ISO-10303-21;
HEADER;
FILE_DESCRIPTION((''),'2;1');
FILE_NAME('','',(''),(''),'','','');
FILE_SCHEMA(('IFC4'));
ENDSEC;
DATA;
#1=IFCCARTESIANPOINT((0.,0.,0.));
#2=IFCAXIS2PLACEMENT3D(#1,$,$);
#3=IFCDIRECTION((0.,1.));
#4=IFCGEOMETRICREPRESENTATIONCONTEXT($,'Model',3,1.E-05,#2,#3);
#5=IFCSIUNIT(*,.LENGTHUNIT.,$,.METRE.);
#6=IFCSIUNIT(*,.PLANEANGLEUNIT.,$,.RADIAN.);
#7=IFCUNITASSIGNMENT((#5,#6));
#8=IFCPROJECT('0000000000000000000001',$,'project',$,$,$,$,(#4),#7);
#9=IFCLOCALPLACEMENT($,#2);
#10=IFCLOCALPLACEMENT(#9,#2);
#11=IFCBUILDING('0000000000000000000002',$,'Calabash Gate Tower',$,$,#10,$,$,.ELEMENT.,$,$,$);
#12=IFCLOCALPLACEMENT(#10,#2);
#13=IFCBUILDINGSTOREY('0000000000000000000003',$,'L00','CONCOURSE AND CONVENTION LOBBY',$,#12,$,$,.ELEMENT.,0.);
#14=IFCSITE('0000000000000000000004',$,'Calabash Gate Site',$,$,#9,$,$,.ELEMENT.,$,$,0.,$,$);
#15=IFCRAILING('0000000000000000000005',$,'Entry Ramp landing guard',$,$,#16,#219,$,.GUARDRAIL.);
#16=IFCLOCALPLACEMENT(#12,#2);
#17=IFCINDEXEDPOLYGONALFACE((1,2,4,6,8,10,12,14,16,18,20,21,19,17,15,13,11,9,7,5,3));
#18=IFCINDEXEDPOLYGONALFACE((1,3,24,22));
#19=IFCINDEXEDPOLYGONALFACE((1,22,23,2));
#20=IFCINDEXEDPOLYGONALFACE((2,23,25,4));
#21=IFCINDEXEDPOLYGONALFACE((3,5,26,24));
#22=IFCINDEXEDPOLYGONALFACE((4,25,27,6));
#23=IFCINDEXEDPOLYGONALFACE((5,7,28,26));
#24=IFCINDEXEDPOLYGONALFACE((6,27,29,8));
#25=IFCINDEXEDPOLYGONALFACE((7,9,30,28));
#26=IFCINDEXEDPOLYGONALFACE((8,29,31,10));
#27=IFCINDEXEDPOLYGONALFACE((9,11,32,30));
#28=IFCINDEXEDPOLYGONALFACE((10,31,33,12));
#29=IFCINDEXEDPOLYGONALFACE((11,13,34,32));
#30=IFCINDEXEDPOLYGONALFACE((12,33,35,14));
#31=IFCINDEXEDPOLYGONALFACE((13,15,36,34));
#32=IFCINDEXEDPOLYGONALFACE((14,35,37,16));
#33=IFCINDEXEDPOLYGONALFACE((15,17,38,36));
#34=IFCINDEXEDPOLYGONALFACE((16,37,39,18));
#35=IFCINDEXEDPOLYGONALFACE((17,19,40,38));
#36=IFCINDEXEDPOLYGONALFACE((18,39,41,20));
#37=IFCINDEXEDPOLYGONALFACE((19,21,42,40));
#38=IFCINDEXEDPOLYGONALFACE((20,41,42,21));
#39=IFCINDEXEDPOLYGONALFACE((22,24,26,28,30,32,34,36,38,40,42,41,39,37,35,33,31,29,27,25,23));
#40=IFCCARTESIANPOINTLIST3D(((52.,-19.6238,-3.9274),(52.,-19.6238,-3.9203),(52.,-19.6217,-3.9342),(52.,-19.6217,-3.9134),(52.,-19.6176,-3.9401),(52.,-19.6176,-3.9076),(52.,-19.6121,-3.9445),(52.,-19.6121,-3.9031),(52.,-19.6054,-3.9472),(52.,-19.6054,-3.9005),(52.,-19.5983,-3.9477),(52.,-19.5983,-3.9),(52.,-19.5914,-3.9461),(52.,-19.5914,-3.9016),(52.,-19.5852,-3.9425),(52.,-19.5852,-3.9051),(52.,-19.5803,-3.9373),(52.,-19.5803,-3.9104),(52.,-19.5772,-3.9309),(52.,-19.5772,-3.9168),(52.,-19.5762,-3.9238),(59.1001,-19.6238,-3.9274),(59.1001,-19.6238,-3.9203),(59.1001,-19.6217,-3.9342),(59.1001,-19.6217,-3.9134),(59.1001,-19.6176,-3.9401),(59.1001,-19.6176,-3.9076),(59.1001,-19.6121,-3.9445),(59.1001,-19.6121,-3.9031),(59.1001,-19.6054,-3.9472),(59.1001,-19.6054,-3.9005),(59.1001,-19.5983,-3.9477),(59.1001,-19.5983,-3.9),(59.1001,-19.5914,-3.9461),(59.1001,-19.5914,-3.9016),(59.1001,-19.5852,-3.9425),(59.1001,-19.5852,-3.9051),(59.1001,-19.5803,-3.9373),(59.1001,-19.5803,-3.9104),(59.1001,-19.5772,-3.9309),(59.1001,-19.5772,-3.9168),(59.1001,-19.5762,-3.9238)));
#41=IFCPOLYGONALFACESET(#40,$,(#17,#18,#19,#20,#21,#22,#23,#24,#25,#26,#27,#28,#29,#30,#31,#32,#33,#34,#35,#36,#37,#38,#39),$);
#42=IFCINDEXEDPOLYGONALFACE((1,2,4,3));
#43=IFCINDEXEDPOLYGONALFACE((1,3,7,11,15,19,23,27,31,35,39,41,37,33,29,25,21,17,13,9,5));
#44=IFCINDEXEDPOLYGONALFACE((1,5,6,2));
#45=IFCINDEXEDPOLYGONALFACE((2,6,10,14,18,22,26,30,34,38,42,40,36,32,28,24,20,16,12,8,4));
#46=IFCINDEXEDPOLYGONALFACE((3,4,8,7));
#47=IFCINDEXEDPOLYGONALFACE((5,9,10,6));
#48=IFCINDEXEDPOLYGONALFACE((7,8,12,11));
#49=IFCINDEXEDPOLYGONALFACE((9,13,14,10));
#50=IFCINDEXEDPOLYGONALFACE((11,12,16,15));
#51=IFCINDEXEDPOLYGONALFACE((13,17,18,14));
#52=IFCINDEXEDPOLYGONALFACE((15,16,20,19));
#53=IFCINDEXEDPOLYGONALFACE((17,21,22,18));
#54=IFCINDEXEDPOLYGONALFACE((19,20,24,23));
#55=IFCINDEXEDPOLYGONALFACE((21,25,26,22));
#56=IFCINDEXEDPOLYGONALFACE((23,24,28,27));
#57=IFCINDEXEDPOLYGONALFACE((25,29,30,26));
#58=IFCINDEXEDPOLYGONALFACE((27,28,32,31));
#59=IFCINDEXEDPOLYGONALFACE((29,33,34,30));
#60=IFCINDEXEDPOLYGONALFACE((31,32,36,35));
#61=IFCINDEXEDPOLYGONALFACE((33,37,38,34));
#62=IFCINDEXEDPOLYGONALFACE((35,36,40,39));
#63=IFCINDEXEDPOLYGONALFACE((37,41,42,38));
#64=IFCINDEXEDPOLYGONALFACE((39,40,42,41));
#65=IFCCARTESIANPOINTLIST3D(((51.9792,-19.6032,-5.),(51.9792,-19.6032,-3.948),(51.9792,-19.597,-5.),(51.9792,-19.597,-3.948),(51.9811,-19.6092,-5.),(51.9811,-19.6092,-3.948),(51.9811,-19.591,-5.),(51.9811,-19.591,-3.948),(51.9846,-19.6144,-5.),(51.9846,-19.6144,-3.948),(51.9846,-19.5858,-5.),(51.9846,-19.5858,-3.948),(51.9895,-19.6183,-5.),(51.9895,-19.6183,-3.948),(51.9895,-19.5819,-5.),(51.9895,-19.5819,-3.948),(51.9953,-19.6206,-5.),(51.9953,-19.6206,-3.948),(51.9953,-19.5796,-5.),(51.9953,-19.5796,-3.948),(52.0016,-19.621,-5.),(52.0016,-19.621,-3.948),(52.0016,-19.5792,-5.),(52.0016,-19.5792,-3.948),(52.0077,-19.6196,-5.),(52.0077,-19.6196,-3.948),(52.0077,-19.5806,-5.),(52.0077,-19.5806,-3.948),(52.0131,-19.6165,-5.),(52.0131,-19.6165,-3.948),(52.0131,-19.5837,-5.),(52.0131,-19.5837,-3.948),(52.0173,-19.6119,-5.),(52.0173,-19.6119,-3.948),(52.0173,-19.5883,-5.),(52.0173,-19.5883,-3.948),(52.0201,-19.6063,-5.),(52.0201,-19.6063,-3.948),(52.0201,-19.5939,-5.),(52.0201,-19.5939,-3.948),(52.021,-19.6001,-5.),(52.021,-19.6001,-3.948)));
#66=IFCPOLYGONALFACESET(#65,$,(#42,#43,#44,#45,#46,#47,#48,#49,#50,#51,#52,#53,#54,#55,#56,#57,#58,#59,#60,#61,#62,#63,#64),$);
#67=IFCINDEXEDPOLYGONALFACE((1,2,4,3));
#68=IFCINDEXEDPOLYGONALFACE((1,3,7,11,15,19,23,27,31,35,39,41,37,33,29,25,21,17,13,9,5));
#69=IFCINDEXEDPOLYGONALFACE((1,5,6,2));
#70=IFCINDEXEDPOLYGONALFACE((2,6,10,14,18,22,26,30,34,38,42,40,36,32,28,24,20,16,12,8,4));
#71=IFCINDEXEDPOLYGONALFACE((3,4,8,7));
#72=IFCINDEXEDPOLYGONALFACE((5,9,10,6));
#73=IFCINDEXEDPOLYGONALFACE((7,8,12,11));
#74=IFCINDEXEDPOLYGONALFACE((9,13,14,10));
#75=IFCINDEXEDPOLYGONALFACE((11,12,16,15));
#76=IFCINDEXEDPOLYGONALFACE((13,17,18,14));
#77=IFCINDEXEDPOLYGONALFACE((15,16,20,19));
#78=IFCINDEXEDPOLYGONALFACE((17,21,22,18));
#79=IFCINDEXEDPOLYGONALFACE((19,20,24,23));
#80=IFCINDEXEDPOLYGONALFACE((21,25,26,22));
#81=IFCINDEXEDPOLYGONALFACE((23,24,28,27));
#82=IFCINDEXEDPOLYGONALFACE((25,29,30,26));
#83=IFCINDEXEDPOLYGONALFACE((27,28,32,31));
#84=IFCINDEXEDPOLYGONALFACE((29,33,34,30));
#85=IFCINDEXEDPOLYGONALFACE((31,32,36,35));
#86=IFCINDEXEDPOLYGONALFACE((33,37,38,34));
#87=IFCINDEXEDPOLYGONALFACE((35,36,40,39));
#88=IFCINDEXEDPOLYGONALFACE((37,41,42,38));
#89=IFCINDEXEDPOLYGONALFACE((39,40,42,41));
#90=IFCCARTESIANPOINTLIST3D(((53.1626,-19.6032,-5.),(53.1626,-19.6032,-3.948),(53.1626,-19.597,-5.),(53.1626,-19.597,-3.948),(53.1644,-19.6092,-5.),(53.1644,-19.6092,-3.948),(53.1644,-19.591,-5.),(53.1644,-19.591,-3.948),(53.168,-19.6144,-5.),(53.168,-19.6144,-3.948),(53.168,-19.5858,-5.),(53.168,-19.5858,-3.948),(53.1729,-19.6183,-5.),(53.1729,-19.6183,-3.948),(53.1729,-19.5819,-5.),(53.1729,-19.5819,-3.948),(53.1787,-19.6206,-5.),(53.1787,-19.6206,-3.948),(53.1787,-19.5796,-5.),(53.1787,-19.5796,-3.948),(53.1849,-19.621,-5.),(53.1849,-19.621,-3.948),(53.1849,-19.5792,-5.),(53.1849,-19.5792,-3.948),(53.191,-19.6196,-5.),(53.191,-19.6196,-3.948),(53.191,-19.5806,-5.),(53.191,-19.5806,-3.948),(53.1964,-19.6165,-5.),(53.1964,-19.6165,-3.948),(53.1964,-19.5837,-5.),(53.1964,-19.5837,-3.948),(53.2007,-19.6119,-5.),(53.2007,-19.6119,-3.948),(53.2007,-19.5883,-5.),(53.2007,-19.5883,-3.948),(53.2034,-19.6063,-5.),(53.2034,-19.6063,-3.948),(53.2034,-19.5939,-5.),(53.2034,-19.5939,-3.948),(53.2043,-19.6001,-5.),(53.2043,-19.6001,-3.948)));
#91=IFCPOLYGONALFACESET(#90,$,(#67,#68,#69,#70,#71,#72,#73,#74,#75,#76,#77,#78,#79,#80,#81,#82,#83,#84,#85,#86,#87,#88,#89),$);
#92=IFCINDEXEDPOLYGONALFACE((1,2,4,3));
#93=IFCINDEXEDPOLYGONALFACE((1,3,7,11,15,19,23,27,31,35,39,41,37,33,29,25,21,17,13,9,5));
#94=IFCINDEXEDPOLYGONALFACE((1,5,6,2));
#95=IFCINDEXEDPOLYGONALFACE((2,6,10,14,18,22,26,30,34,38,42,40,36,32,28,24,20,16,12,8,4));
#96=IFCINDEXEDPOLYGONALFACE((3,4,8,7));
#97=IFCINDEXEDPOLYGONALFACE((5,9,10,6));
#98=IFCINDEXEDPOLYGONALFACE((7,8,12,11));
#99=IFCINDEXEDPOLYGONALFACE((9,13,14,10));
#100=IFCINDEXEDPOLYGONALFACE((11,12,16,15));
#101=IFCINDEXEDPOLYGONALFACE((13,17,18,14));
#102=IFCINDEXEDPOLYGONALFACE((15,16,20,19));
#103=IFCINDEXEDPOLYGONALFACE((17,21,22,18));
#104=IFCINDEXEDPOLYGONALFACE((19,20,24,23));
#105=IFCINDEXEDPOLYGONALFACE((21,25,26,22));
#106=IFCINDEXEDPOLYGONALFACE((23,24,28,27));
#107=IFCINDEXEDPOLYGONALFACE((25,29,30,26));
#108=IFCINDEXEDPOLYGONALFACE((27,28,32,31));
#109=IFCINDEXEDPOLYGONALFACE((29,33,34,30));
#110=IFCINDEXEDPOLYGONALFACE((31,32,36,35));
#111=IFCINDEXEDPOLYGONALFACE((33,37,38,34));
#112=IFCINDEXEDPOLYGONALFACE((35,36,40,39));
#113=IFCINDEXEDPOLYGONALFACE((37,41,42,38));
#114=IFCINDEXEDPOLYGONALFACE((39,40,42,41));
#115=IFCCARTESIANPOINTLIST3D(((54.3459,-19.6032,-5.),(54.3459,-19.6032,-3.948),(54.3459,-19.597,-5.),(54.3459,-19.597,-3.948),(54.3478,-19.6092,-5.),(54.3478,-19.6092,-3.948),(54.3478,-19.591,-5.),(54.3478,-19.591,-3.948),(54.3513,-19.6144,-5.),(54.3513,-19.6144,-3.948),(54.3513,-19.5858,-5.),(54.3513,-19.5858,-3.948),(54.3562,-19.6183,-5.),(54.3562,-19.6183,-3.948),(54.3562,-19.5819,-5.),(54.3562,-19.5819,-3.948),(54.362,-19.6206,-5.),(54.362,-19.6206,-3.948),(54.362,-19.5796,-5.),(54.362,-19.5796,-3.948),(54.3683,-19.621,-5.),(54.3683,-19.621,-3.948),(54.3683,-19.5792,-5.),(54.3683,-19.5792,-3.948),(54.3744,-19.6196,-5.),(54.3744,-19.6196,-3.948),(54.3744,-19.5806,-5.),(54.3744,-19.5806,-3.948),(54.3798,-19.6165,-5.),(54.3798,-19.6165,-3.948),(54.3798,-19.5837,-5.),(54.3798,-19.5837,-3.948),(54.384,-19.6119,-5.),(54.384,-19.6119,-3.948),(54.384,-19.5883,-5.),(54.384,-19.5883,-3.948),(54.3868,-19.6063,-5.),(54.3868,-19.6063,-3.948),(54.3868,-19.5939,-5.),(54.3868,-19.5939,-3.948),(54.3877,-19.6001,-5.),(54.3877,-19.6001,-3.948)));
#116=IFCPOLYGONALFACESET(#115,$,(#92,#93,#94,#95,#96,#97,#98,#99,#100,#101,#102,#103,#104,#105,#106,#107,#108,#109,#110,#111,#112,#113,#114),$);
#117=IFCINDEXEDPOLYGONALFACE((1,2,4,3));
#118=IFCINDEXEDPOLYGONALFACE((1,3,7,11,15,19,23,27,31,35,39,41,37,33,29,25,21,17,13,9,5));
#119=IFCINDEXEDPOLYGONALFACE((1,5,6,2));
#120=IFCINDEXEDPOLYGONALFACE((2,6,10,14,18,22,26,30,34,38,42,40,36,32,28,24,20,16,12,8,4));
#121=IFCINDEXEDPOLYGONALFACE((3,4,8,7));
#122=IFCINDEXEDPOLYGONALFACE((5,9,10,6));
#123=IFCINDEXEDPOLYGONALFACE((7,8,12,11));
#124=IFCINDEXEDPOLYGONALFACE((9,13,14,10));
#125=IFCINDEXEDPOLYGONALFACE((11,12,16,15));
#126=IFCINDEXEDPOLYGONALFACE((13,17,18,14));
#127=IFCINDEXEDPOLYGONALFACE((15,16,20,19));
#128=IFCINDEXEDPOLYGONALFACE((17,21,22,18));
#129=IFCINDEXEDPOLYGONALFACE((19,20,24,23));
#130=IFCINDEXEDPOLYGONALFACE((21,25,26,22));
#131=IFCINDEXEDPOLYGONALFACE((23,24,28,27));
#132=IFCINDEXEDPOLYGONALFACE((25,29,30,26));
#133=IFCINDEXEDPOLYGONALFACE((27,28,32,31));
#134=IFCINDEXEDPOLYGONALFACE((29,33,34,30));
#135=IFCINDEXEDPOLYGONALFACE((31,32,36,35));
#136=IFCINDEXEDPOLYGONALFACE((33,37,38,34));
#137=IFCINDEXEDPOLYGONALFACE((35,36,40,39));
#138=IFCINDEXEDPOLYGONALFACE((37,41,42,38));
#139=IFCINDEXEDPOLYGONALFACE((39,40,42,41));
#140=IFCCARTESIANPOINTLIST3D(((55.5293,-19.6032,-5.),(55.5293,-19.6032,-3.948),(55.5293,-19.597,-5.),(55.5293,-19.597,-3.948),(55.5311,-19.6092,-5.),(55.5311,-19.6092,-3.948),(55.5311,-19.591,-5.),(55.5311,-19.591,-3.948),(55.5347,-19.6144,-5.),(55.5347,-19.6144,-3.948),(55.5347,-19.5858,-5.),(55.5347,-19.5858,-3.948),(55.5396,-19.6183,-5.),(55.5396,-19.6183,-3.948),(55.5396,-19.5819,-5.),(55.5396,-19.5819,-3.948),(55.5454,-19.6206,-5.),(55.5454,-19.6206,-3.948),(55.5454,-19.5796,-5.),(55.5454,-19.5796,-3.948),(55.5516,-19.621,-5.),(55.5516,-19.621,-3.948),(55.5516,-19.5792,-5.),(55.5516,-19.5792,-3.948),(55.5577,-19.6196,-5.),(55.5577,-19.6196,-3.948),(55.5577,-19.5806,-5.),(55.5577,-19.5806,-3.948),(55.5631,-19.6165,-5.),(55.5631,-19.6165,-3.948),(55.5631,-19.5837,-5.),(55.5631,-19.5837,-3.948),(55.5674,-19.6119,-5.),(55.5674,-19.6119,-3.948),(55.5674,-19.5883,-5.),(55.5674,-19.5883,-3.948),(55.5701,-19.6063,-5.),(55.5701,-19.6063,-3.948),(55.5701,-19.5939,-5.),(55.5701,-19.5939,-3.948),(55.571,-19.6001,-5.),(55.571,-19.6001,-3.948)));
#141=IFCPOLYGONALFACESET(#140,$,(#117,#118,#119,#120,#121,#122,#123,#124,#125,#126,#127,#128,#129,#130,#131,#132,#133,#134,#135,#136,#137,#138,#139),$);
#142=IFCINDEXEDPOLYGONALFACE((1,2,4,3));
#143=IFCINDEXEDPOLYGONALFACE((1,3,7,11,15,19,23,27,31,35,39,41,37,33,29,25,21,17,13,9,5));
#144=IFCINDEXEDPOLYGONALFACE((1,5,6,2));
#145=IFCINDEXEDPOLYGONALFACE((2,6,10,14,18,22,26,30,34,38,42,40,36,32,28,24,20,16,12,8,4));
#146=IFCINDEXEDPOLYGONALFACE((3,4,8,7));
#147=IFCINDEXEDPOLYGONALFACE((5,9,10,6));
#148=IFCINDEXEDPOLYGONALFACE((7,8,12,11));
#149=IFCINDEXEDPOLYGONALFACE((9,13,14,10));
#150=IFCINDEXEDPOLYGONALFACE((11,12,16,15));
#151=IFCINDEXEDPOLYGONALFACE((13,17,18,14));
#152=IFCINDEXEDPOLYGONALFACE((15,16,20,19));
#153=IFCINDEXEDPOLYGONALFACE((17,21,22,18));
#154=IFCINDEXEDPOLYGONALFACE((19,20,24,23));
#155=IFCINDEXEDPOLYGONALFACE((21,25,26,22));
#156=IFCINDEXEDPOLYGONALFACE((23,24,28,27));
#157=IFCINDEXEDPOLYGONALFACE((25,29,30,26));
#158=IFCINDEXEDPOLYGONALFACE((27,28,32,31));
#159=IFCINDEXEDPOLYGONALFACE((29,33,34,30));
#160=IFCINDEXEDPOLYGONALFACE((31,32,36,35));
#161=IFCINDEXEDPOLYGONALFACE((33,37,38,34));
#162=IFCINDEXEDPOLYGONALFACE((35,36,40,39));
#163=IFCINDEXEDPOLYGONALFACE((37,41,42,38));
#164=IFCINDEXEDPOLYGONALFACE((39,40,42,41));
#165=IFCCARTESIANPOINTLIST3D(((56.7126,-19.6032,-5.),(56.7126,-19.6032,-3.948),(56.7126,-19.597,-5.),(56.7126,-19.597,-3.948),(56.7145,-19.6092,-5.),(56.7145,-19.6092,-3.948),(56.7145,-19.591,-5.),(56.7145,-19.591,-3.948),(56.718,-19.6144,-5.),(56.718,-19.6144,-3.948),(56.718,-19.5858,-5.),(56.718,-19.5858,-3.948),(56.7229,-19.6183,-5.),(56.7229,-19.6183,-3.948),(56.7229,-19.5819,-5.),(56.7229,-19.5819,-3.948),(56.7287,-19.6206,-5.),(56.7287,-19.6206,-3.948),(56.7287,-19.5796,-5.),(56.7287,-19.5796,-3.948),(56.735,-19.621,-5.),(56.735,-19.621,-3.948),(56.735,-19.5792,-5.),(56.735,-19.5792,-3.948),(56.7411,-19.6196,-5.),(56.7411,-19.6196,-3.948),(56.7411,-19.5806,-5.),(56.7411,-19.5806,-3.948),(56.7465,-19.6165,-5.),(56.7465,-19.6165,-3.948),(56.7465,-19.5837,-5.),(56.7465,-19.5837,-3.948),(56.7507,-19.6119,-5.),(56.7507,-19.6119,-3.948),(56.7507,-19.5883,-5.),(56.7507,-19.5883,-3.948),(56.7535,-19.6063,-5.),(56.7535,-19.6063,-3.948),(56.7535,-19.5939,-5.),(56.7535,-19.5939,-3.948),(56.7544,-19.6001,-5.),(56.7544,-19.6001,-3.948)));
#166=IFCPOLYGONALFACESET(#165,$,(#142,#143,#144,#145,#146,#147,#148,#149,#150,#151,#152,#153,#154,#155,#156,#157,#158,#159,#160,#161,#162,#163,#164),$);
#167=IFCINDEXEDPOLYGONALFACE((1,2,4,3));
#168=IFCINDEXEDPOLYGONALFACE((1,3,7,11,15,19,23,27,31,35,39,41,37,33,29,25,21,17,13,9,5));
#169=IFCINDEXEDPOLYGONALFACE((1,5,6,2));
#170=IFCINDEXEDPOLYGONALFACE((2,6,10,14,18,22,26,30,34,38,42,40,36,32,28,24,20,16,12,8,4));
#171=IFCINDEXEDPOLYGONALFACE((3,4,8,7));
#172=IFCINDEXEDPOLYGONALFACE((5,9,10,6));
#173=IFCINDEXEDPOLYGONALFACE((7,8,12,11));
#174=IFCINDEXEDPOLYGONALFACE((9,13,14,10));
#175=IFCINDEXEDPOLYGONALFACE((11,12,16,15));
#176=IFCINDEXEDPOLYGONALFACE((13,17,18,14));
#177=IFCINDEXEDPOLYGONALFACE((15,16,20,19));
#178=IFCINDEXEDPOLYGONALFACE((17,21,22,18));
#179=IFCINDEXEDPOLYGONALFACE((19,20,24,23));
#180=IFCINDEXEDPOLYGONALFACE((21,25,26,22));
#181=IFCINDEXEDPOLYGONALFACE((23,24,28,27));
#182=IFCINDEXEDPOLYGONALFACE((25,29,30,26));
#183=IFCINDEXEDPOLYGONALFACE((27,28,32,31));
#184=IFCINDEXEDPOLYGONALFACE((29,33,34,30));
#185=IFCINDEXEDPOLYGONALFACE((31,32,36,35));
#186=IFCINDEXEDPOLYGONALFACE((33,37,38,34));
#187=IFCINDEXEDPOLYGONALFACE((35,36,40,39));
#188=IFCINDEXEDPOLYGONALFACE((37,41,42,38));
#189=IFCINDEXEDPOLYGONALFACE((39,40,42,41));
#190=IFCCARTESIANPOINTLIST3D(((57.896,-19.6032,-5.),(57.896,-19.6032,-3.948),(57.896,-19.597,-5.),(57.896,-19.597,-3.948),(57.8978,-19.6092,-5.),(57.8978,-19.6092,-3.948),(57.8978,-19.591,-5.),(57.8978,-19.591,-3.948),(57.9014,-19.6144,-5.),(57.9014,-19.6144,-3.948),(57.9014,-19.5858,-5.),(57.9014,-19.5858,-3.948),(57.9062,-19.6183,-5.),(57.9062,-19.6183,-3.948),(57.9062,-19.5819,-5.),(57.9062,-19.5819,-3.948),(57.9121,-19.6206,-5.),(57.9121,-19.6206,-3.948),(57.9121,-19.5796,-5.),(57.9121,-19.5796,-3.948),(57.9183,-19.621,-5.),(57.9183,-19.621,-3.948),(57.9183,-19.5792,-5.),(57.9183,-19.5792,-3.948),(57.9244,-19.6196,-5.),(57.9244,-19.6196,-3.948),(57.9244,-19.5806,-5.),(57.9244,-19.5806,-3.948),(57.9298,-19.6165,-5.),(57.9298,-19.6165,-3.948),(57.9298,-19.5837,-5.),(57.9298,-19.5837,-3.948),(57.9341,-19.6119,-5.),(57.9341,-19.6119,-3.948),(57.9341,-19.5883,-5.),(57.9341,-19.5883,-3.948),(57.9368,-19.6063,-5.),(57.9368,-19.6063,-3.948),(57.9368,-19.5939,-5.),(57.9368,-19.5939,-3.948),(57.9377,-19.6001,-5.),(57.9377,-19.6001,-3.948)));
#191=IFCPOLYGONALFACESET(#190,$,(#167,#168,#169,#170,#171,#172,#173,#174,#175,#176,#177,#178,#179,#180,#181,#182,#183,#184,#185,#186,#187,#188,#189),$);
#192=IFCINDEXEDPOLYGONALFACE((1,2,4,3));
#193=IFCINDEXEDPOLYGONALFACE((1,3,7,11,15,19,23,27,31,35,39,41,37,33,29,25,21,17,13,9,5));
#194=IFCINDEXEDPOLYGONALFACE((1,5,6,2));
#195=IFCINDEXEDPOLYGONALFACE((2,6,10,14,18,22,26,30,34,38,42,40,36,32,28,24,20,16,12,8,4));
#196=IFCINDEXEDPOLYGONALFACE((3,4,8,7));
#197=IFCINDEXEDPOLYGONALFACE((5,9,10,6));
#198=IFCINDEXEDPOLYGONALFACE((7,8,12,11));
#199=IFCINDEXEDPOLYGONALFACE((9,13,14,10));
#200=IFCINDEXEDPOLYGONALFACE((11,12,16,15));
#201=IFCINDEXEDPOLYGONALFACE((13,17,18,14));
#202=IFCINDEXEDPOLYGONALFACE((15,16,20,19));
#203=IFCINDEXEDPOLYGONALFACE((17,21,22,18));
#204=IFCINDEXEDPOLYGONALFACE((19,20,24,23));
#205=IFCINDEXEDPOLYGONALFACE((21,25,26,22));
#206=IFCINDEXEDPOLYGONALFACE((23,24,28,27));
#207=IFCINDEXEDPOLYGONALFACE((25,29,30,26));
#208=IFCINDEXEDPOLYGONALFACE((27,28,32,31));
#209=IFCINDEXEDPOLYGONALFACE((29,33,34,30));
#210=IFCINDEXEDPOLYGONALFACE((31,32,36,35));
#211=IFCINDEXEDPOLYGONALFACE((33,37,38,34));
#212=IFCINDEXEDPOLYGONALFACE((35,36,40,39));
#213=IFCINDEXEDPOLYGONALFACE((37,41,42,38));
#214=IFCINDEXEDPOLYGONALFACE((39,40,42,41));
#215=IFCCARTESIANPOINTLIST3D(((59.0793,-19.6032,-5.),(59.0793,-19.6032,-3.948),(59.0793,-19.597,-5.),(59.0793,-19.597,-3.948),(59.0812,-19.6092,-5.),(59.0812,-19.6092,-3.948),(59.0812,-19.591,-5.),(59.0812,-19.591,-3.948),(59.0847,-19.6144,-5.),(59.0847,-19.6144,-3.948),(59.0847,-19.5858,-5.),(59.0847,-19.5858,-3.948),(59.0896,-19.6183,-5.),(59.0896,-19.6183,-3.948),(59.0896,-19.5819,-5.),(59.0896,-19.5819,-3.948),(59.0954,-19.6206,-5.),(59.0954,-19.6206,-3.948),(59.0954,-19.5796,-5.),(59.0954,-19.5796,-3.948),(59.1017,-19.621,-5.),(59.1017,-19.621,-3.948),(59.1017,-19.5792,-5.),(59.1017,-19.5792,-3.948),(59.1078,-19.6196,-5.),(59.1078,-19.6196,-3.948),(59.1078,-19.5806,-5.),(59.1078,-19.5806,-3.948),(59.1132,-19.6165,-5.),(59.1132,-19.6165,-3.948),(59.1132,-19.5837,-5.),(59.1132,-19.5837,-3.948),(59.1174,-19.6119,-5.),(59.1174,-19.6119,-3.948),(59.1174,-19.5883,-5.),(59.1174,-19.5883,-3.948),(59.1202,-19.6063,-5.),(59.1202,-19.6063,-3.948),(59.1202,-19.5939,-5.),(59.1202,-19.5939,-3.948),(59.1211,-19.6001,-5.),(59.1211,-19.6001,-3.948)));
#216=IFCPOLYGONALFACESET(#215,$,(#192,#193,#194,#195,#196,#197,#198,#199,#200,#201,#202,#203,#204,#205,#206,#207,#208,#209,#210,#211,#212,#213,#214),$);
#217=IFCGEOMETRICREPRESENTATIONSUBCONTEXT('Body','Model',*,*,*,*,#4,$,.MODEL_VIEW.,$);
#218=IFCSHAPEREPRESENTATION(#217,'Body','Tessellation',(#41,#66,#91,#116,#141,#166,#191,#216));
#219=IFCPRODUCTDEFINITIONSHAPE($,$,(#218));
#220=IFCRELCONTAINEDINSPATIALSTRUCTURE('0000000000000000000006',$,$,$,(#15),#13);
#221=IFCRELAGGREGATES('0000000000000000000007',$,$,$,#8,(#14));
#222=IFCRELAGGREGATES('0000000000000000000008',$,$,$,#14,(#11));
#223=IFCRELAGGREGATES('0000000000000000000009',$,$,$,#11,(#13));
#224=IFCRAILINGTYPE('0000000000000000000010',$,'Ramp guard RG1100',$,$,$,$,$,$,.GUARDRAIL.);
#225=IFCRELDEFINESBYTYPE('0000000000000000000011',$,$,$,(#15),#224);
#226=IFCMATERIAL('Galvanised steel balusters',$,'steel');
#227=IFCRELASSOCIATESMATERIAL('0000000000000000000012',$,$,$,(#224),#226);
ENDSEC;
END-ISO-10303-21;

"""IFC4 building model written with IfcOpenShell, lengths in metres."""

from ifc_helpers import new_model, si_unit, direction, frame, origin, origin_2d, place, context, subcontext, project, spatial, circle, extrude, material, type_object, element, save


model = new_model("IFC4")

# Units and contexts
model_context = context("Model", 3, precision=1e-05, world=origin(), true_north=direction((0.0, 1.0)))
body_context = subcontext(model_context, "Body", "Model", "MODEL_VIEW")
ifc_project = project(units=[si_unit("LENGTHUNIT", "METRE"), si_unit("PLANEANGLEUNIT", "RADIAN")], contexts=[model_context])

# Site, building, storey
site_placement = place(None, origin())
site = spatial("IfcSite", under=ifc_project, at=site_placement, Name="Calabash Gate Site", CompositionType="ELEMENT", RefElevation=0.0)
building_placement = place(site_placement, origin())
building = spatial("IfcBuilding", under=site, at=building_placement, Name="Calabash Gate Tower", CompositionType="ELEMENT")
storey_placement = place(building_placement, origin())
storey = spatial("IfcBuildingStorey", under=building, at=storey_placement, Name="L00", Description="CONCOURSE AND CONVENTION LOBBY", CompositionType="ELEMENT", Elevation=0.0)

# Railing
ifc_material_1 = material(Name="Galvanised steel balusters", Category="steel")
railing_type = type_object("IfcRailingType", Name="Ramp guard RG1100", PredefinedType="GUARDRAIL", material=ifc_material_1)
railing_1_placement = place(storey_placement, frame((52.0, -19.6001, -5.0)))
element("IfcRailing", 1, at=railing_1_placement, inside=storey, type_object=railing_type, Name="Entry Ramp landing guard", PredefinedType="GUARDRAIL", context=body_context, shape_type="SweptSolid", body=[
    extrude(circle(Radius=0.0239, at=origin_2d()), frame((0.0, 0.0, 1.0762), z_axis=(1.0, 0.0, 0.0), x_axis=(0.0, 1.0, 0.0)), (0.0, 0.0, 1.0), 7.1001),
    extrude(circle(Radius=0.021, at=origin_2d()), origin(), (0.0, 0.0, 1.0), 1.052),
    extrude(circle(Radius=0.021, at=origin_2d()), frame((1.1833, 0.0, 0.0)), (0.0, 0.0, 1.0), 1.052),
    extrude(circle(Radius=0.021, at=origin_2d()), frame((2.3667, 0.0, 0.0)), (0.0, 0.0, 1.0), 1.052),
    extrude(circle(Radius=0.021, at=origin_2d()), frame((3.55, 0.0, 0.0)), (0.0, 0.0, 1.0), 1.052),
    extrude(circle(Radius=0.021, at=origin_2d()), frame((4.7334, 0.0, 0.0)), (0.0, 0.0, 1.0), 1.052),
    extrude(circle(Radius=0.021, at=origin_2d()), frame((5.9167, 0.0, 0.0)), (0.0, 0.0, 1.0), 1.052),
    extrude(circle(Radius=0.021, at=origin_2d()), frame((7.1001, 0.0, 0.0)), (0.0, 0.0, 1.0), 1.052),
])

save(model, "model.ifc")
